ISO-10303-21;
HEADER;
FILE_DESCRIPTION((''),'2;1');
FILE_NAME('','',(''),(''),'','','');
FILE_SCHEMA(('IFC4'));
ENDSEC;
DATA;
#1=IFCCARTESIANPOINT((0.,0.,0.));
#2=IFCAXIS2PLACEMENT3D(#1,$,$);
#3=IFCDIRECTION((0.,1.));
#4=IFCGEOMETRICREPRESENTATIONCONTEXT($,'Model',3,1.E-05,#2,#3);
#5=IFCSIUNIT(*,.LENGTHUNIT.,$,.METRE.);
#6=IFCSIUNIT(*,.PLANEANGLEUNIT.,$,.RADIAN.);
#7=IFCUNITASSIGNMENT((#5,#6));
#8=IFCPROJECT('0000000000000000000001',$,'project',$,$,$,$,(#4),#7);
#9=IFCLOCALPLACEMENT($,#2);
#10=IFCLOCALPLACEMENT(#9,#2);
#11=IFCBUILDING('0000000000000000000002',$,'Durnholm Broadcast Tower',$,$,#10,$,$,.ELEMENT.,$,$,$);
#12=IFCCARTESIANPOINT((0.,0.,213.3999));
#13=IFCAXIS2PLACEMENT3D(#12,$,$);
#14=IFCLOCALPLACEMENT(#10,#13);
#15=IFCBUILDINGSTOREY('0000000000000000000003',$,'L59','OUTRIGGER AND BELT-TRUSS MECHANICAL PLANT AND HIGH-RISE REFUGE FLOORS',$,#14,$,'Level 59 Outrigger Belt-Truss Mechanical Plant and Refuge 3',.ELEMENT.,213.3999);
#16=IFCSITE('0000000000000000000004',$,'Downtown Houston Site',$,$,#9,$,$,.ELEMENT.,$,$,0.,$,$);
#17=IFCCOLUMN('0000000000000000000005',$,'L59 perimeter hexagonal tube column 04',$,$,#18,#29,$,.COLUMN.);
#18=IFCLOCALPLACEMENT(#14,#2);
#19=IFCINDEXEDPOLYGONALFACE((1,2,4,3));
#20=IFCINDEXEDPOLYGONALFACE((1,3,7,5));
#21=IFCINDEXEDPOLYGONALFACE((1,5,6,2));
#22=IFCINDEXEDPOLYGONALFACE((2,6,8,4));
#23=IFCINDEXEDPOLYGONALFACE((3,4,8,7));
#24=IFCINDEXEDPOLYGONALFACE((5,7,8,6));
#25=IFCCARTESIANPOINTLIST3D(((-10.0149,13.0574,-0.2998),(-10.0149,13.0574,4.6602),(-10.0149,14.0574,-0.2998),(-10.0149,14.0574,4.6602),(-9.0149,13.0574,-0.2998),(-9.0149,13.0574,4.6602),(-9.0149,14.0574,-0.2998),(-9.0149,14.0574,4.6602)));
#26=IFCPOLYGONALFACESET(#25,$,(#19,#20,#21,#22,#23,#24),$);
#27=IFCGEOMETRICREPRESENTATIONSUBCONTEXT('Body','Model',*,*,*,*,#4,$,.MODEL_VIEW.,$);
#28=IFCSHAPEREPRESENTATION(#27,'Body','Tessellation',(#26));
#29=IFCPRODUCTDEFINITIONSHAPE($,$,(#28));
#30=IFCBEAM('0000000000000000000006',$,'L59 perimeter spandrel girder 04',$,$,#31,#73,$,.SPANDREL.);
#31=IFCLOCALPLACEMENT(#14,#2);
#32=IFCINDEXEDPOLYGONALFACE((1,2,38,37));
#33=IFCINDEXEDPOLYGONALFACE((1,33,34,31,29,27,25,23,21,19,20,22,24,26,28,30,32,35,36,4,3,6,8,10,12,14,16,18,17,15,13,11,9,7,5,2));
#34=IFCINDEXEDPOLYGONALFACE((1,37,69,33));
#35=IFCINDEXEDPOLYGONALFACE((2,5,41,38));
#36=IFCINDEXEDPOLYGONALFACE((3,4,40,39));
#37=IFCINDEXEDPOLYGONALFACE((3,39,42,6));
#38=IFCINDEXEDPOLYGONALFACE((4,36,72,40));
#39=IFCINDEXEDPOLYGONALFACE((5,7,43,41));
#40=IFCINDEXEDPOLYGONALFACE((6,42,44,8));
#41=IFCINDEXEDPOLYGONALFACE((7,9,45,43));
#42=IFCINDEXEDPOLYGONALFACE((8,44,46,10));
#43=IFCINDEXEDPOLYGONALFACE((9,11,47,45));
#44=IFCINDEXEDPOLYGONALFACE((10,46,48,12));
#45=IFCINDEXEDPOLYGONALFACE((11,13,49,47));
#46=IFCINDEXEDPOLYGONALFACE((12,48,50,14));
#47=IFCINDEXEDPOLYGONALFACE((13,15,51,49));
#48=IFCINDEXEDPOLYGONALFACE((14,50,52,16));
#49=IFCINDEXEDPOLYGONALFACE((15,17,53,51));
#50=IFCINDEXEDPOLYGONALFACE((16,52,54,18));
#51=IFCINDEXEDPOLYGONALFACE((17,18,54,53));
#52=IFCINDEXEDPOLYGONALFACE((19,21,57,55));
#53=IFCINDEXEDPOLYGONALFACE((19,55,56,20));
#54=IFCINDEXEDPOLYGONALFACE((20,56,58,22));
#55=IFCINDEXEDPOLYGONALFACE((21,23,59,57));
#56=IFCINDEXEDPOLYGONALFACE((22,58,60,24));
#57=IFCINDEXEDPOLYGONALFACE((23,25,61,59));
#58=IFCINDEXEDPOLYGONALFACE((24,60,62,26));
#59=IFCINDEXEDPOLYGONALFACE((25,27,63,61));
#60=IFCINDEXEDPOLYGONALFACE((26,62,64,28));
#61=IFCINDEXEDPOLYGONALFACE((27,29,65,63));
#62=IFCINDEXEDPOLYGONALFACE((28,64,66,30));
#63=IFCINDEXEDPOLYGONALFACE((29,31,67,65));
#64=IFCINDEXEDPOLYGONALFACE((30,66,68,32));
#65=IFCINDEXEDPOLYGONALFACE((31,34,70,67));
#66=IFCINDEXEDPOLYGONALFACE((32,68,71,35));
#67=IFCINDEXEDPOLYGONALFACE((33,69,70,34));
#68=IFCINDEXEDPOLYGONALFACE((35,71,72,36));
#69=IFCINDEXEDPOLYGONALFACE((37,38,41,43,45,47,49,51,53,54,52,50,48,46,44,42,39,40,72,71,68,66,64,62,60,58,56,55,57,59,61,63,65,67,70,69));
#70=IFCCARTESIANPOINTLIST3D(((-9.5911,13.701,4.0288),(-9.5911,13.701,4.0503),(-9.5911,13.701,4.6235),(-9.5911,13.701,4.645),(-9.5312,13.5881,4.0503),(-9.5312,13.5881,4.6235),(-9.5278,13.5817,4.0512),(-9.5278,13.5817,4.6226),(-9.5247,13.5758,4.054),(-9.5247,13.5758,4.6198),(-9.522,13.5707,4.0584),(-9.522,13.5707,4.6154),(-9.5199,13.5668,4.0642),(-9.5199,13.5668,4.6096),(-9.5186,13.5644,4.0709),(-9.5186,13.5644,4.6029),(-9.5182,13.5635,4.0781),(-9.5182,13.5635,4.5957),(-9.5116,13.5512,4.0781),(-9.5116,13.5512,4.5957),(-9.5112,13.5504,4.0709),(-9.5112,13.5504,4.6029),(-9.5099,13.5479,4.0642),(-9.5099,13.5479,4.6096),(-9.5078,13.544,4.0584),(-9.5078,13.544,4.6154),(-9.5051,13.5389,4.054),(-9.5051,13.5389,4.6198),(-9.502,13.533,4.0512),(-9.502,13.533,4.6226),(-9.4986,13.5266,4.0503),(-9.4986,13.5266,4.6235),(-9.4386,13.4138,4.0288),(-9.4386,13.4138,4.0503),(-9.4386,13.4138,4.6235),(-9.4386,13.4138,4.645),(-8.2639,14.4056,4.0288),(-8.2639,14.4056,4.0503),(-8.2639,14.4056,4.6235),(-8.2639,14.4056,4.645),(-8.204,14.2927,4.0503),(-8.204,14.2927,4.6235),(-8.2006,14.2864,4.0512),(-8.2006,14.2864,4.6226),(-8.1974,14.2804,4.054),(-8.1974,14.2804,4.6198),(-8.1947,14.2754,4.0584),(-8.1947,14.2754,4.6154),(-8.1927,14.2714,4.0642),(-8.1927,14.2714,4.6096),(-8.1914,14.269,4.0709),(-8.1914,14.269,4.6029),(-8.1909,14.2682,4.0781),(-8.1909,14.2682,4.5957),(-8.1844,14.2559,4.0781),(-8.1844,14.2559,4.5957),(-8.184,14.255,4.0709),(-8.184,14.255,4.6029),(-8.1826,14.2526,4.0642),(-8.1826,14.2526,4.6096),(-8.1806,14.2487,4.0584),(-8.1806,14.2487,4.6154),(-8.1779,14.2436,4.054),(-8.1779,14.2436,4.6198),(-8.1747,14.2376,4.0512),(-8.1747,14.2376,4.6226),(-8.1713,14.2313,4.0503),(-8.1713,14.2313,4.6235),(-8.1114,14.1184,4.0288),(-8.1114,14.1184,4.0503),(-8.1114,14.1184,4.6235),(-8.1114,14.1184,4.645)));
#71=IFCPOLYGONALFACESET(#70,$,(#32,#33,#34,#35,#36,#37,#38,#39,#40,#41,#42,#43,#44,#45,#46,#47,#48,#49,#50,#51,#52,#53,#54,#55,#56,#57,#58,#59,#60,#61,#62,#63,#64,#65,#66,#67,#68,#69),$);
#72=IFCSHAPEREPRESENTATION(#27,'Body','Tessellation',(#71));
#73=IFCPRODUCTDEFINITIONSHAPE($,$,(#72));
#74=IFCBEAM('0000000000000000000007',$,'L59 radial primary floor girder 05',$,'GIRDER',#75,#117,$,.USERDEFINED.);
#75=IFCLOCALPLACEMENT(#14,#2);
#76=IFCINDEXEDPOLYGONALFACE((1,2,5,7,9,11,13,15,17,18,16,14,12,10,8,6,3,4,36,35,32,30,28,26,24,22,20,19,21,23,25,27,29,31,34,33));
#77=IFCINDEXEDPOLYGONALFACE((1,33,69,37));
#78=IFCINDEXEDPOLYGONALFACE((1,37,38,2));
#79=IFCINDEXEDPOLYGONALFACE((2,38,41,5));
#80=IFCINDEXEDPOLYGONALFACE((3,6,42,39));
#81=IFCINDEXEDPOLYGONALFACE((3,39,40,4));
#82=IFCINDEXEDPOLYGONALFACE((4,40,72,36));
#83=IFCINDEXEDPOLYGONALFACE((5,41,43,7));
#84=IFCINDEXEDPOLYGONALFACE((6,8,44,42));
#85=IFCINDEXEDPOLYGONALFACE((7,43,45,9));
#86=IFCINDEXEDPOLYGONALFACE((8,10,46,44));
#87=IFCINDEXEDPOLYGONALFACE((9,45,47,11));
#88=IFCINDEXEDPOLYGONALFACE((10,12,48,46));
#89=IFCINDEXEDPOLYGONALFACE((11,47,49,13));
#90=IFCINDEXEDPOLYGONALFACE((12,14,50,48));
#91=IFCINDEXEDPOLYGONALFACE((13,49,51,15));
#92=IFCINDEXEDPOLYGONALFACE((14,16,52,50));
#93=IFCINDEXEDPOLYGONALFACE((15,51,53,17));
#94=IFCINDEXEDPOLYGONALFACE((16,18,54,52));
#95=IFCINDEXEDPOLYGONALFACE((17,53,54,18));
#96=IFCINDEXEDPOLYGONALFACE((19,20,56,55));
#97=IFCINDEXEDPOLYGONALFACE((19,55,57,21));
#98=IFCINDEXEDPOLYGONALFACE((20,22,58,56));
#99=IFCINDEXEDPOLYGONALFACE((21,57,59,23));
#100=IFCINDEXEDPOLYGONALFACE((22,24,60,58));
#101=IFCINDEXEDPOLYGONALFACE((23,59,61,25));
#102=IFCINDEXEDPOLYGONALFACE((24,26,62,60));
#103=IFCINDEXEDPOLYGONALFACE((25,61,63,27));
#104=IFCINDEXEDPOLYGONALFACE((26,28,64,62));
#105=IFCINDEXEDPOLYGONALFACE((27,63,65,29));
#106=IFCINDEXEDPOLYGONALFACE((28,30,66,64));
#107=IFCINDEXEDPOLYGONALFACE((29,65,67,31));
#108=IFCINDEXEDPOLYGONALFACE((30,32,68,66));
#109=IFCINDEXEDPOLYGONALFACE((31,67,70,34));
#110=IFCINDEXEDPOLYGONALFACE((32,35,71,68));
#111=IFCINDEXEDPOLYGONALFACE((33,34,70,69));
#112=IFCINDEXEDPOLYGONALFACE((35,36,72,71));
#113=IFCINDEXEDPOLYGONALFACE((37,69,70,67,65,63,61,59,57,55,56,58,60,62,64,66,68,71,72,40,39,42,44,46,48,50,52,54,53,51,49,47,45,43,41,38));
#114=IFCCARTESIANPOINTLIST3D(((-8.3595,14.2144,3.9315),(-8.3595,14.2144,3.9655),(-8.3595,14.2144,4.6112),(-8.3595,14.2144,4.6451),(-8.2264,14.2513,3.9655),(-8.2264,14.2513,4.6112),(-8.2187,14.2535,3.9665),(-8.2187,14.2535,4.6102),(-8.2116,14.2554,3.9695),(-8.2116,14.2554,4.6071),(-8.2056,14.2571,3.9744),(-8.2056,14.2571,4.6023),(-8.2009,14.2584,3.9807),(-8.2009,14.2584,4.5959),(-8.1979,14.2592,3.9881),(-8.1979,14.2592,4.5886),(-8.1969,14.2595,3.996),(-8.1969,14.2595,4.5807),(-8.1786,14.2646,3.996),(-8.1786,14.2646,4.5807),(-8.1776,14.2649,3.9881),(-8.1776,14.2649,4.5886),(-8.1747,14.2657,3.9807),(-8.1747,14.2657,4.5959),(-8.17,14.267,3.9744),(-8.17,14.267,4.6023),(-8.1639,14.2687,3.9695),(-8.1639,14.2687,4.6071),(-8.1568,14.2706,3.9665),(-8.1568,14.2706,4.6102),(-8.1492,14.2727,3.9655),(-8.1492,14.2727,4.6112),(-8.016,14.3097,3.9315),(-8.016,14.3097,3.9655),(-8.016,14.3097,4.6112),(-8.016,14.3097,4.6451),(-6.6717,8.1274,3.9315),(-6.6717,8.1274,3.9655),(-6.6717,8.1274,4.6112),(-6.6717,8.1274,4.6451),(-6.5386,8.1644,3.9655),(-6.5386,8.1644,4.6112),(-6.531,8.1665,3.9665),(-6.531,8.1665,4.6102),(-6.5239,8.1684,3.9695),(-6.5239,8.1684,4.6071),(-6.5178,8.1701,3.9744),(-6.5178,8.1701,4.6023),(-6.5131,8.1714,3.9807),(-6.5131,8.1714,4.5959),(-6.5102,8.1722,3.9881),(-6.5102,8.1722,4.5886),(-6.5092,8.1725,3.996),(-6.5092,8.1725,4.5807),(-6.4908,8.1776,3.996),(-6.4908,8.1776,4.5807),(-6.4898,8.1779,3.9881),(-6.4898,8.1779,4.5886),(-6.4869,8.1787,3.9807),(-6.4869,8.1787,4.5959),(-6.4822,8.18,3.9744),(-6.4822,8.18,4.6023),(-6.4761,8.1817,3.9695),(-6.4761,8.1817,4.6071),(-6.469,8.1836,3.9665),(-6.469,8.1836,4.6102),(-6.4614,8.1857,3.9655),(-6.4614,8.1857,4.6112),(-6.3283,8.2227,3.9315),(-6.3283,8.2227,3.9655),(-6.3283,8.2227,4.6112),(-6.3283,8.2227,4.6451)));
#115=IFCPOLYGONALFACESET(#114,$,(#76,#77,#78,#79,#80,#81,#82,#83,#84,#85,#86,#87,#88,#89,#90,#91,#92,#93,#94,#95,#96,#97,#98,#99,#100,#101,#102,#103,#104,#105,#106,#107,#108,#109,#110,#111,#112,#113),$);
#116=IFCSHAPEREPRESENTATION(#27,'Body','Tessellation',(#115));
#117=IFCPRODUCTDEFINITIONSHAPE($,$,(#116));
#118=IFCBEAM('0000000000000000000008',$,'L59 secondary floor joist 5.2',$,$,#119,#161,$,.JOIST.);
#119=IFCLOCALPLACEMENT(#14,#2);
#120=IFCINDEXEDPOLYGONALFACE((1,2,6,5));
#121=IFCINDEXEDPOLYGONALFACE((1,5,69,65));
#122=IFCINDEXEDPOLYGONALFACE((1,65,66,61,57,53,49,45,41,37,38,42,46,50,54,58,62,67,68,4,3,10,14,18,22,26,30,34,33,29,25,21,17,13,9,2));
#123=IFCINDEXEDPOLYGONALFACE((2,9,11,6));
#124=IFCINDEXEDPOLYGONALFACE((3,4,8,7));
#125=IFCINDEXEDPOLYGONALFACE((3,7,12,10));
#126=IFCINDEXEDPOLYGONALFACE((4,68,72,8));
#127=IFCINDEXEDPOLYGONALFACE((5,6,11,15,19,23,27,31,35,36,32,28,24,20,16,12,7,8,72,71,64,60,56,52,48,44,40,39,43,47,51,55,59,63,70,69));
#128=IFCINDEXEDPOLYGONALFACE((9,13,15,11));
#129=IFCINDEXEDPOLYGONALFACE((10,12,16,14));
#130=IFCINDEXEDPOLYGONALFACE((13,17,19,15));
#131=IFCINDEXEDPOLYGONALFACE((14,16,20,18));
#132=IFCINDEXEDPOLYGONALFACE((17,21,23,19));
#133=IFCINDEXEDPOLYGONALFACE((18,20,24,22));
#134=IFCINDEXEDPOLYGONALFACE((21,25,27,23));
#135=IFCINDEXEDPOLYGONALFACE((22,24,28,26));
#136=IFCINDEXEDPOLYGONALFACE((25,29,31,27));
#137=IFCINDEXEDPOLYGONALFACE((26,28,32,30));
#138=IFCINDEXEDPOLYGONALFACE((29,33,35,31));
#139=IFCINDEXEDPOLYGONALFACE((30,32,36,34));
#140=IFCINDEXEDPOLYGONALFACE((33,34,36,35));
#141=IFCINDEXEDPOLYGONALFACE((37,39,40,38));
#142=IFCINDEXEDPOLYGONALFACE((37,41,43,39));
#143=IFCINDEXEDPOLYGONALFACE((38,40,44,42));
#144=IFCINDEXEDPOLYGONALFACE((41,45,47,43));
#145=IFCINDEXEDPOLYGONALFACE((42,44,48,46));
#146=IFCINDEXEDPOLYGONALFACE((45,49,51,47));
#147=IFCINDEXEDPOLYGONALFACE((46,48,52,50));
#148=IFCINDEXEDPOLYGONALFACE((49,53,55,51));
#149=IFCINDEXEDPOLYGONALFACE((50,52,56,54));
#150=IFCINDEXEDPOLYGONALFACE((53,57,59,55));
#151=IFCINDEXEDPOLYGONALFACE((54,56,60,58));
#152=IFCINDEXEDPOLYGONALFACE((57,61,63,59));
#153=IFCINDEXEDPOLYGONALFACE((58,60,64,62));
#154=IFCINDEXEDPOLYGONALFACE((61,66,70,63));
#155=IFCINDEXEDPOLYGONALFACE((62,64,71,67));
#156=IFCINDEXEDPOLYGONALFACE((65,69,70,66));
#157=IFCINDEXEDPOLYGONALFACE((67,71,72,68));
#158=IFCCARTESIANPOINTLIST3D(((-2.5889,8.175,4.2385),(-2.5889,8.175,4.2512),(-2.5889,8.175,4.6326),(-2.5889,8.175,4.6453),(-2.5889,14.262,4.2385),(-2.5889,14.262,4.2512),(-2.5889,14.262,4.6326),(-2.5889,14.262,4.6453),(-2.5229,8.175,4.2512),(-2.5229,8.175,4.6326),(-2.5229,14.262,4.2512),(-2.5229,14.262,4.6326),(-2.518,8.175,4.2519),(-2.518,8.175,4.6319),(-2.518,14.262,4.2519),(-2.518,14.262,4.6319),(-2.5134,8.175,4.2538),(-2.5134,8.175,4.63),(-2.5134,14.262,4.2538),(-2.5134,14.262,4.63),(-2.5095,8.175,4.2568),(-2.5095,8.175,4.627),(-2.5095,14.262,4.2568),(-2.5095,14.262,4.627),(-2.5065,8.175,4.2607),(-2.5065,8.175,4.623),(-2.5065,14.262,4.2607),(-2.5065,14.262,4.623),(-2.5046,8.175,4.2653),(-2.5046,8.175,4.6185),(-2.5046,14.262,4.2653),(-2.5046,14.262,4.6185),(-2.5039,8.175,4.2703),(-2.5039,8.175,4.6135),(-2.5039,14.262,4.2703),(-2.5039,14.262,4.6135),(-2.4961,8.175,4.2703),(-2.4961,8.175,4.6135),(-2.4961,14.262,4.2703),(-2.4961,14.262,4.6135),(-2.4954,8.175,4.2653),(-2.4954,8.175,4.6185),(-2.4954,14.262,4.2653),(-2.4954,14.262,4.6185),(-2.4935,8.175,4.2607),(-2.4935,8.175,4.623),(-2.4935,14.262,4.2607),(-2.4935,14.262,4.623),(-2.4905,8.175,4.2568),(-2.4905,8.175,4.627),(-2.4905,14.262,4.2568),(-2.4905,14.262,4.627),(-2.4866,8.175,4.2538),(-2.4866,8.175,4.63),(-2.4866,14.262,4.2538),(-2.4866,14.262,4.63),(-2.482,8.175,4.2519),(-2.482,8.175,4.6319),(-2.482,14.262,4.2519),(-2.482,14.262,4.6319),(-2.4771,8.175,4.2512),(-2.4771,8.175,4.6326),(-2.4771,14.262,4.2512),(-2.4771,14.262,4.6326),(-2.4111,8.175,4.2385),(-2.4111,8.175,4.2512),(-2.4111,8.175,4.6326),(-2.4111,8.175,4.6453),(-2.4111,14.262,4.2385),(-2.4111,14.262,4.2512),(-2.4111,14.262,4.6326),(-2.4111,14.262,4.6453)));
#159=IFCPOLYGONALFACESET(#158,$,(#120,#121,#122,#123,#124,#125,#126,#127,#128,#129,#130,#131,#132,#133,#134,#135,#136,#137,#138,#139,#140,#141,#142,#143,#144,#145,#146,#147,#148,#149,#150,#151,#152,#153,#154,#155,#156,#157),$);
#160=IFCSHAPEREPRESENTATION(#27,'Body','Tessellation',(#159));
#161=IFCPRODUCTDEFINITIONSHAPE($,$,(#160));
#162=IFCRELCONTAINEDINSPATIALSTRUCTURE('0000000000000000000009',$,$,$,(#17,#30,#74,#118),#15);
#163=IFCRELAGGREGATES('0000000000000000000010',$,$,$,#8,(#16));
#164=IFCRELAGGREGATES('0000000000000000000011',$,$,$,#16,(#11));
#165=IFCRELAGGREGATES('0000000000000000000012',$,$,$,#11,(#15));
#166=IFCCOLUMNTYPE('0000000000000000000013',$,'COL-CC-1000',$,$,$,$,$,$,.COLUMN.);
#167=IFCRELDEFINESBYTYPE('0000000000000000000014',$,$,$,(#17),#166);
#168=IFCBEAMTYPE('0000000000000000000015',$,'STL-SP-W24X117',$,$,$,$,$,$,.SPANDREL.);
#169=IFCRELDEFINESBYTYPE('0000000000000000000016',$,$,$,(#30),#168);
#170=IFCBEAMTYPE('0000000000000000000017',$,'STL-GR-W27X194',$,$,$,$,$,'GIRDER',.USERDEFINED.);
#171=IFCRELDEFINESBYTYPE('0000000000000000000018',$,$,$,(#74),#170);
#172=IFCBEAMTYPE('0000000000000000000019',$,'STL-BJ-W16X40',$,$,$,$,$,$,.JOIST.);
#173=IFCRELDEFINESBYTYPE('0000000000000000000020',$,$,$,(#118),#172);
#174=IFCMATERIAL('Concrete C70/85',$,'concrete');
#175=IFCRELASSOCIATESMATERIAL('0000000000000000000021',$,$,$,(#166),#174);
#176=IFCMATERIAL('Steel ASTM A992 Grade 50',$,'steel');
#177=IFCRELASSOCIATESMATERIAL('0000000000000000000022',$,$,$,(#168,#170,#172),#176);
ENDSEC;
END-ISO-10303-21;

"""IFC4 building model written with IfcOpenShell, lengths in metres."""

from ifc_helpers import new_model, si_unit, direction, frame, origin, origin_2d, place, context, subcontext, project, spatial, rectangle, i_section, extrude, source, transform, mapped, material, material_profile, profile_set, type_object, type_shapes, element, save


model = new_model("IFC4")

# Units and contexts
model_context = context("Model", 3, precision=1e-05, world=origin(), true_north=direction((0.0, 1.0)))
body_context = subcontext(model_context, "Body", "Model", "MODEL_VIEW")
ifc_project = project(units=[si_unit("LENGTHUNIT", "METRE"), si_unit("PLANEANGLEUNIT", "RADIAN")], contexts=[model_context])

# Site, building, storey
site_placement = place(None, origin())
site = spatial("IfcSite", under=ifc_project, at=site_placement, Name="Downtown Houston Site", CompositionType="ELEMENT", RefElevation=0.0)
building_placement = place(site_placement, origin())
building = spatial("IfcBuilding", under=site, at=building_placement, Name="Durnholm Broadcast Tower", CompositionType="ELEMENT")
storey_placement = place(building_placement, frame((0.0, 0.0, 213.3999)))
storey = spatial("IfcBuildingStorey", under=building, at=storey_placement, Name="L59", Description="OUTRIGGER AND BELT-TRUSS MECHANICAL PLANT AND HIGH-RISE REFUGE FLOORS", LongName="Level 59 Outrigger Belt-Truss Mechanical Plant and Refuge 3", CompositionType="ELEMENT", Elevation=213.3999)

# Column
ifc_material_1 = material(Name="Concrete C70/85", Category="concrete")
ifc_material_profile_1 = material_profile(ifc_material_1, rectangle(XDim=1.0, YDim=1.0, at=origin_2d()), Name="RC1000X1000")
ifc_profile_set_1 = profile_set([ifc_material_profile_1], Name="Concrete C70/85")
column_type = type_object("IfcColumnType", Name="COL-CC-1000", PredefinedType="COLUMN", material=ifc_profile_set_1)
shared_shape_1 = source(origin(), body_context, "Body", "SweptSolid", [
    extrude(rectangle(XDim=1.0, YDim=1.0, at=origin_2d()), origin(), (0.0, 0.0, 1.0), 4.96),
])
type_shapes(column_type, [shared_shape_1])
column_placement = place(storey_placement, frame((-9.5149, 13.5574, -0.2998), z_axis=(0.0, 0.0, 1.0), x_axis=(1.0, 0.0, 0.0)))
element("IfcColumn", 1, at=column_placement, inside=storey, type_object=column_type, Name="L59 perimeter hexagonal tube column 04", PredefinedType="COLUMN", context=body_context, shape_type="MappedRepresentation", body=[
    mapped(shared_shape_1, transform((0.0, 0.0, 0.0), x_axis=(1.0, 0.0, 0.0), y_axis=(0.0, 1.0, 0.0), z_axis=(0.0, 0.0, 1.0), scale=1.0)),
])

# Beams
ifc_material_2 = material(Name="Steel ASTM A992 Grade 50", Category="steel")
ifc_material_profile_2 = material_profile(ifc_material_2, i_section(OverallWidth=0.3252, OverallDepth=0.6162, WebThickness=0.0139, FlangeThickness=0.0215, FilletRadius=0.0278, at=origin_2d()), Name="W24X117")
ifc_profile_set_2 = profile_set([ifc_material_profile_2], Name="Steel ASTM A992 Grade 50")
beam_type_1 = type_object("IfcBeamType", Name="STL-SP-W24X117", PredefinedType="SPANDREL", material=ifc_profile_set_2)
shared_shape_2 = source(origin(), body_context, "Body", "SweptSolid", [
    extrude(i_section(OverallWidth=0.3252, OverallDepth=0.6162, WebThickness=0.0139, FlangeThickness=0.0215, FilletRadius=0.0278, at=origin_2d()), origin(), (0.0, 0.0, 1.0), 1.5027),
])
type_shapes(beam_type_1, [shared_shape_2])
beam_1_placement = place(storey_placement, frame((-9.5149, 13.5574, 4.3369), z_axis=(0.883242, 0.468918, 0.0), x_axis=(-0.468918, 0.883242, 0.0)))
element("IfcBeam", 2, at=beam_1_placement, inside=storey, type_object=beam_type_1, Name="L59 perimeter spandrel girder 04", PredefinedType="SPANDREL", context=body_context, shape_type="MappedRepresentation", body=[
    mapped(shared_shape_2, transform((0.0, 0.0, 0.0), x_axis=(1.0, 0.0, 0.0), y_axis=(0.0, 1.0, 0.0), z_axis=(0.0, 0.0, 1.0), scale=1.0)),
])
ifc_material_profile_3 = material_profile(ifc_material_2, i_section(OverallWidth=0.3564, OverallDepth=0.7136, WebThickness=0.019, FlangeThickness=0.0339, FilletRadius=0.0305, at=origin_2d()), Name="W27X194")
ifc_profile_set_3 = profile_set([ifc_material_profile_3], Name="Steel ASTM A992 Grade 50")
beam_type_2 = type_object("IfcBeamType", Name="STL-GR-W27X194", ElementType="GIRDER", PredefinedType="USERDEFINED", material=ifc_profile_set_3)
shared_shape_3 = source(origin(), body_context, "Body", "SweptSolid", [
    extrude(i_section(OverallWidth=0.3564, OverallDepth=0.7136, WebThickness=0.019, FlangeThickness=0.0339, FilletRadius=0.0305, at=origin_2d()), origin(), (0.0, 0.0, 1.0), 6.3167),
])
type_shapes(beam_type_2, [shared_shape_3])
beam_2_placement = place(storey_placement, frame((-6.5, 8.175, 4.2883), z_axis=(-0.267193, 0.963643, 0.0), x_axis=(-0.963643, -0.267193, 0.0)))
element("IfcBeam", 3, at=beam_2_placement, inside=storey, type_object=beam_type_2, Name="L59 radial primary floor girder 05", ObjectType="GIRDER", PredefinedType="USERDEFINED", context=body_context, shape_type="MappedRepresentation", body=[
    mapped(shared_shape_3, transform((0.0, 0.0, 0.0), x_axis=(1.0, 0.0, 0.0), y_axis=(0.0, 1.0, 0.0), z_axis=(0.0, 0.0, 1.0), scale=1.0)),
])
ifc_material_profile_4 = material_profile(ifc_material_2, i_section(OverallWidth=0.1777, OverallDepth=0.4067, WebThickness=0.0078, FlangeThickness=0.0127, FilletRadius=0.019, at=origin_2d()), Name="W16X40")
ifc_profile_set_4 = profile_set([ifc_material_profile_4], Name="Steel ASTM A992 Grade 50")
beam_type_3 = type_object("IfcBeamType", Name="STL-BJ-W16X40", PredefinedType="JOIST", material=ifc_profile_set_4)
shared_shape_4 = source(origin(), body_context, "Body", "SweptSolid", [
    extrude(i_section(OverallWidth=0.1777, OverallDepth=0.4067, WebThickness=0.0078, FlangeThickness=0.0127, FilletRadius=0.019, at=origin_2d()), origin(), (0.0, 0.0, 1.0), 6.0869),
])
type_shapes(beam_type_3, [shared_shape_4])
beam_3_placement = place(storey_placement, frame((-2.5, 8.175, 4.4419), z_axis=(0.0, 1.0, 0.0), x_axis=(-1.0, 0.0, 0.0)))
element("IfcBeam", 4, at=beam_3_placement, inside=storey, type_object=beam_type_3, Name="L59 secondary floor joist 5.2", PredefinedType="JOIST", context=body_context, shape_type="MappedRepresentation", body=[
    mapped(shared_shape_4, transform((0.0, 0.0, 0.0), x_axis=(1.0, 0.0, 0.0), y_axis=(0.0, 1.0, 0.0), z_axis=(0.0, 0.0, 1.0), scale=1.0)),
])

save(model, "model.ifc")
